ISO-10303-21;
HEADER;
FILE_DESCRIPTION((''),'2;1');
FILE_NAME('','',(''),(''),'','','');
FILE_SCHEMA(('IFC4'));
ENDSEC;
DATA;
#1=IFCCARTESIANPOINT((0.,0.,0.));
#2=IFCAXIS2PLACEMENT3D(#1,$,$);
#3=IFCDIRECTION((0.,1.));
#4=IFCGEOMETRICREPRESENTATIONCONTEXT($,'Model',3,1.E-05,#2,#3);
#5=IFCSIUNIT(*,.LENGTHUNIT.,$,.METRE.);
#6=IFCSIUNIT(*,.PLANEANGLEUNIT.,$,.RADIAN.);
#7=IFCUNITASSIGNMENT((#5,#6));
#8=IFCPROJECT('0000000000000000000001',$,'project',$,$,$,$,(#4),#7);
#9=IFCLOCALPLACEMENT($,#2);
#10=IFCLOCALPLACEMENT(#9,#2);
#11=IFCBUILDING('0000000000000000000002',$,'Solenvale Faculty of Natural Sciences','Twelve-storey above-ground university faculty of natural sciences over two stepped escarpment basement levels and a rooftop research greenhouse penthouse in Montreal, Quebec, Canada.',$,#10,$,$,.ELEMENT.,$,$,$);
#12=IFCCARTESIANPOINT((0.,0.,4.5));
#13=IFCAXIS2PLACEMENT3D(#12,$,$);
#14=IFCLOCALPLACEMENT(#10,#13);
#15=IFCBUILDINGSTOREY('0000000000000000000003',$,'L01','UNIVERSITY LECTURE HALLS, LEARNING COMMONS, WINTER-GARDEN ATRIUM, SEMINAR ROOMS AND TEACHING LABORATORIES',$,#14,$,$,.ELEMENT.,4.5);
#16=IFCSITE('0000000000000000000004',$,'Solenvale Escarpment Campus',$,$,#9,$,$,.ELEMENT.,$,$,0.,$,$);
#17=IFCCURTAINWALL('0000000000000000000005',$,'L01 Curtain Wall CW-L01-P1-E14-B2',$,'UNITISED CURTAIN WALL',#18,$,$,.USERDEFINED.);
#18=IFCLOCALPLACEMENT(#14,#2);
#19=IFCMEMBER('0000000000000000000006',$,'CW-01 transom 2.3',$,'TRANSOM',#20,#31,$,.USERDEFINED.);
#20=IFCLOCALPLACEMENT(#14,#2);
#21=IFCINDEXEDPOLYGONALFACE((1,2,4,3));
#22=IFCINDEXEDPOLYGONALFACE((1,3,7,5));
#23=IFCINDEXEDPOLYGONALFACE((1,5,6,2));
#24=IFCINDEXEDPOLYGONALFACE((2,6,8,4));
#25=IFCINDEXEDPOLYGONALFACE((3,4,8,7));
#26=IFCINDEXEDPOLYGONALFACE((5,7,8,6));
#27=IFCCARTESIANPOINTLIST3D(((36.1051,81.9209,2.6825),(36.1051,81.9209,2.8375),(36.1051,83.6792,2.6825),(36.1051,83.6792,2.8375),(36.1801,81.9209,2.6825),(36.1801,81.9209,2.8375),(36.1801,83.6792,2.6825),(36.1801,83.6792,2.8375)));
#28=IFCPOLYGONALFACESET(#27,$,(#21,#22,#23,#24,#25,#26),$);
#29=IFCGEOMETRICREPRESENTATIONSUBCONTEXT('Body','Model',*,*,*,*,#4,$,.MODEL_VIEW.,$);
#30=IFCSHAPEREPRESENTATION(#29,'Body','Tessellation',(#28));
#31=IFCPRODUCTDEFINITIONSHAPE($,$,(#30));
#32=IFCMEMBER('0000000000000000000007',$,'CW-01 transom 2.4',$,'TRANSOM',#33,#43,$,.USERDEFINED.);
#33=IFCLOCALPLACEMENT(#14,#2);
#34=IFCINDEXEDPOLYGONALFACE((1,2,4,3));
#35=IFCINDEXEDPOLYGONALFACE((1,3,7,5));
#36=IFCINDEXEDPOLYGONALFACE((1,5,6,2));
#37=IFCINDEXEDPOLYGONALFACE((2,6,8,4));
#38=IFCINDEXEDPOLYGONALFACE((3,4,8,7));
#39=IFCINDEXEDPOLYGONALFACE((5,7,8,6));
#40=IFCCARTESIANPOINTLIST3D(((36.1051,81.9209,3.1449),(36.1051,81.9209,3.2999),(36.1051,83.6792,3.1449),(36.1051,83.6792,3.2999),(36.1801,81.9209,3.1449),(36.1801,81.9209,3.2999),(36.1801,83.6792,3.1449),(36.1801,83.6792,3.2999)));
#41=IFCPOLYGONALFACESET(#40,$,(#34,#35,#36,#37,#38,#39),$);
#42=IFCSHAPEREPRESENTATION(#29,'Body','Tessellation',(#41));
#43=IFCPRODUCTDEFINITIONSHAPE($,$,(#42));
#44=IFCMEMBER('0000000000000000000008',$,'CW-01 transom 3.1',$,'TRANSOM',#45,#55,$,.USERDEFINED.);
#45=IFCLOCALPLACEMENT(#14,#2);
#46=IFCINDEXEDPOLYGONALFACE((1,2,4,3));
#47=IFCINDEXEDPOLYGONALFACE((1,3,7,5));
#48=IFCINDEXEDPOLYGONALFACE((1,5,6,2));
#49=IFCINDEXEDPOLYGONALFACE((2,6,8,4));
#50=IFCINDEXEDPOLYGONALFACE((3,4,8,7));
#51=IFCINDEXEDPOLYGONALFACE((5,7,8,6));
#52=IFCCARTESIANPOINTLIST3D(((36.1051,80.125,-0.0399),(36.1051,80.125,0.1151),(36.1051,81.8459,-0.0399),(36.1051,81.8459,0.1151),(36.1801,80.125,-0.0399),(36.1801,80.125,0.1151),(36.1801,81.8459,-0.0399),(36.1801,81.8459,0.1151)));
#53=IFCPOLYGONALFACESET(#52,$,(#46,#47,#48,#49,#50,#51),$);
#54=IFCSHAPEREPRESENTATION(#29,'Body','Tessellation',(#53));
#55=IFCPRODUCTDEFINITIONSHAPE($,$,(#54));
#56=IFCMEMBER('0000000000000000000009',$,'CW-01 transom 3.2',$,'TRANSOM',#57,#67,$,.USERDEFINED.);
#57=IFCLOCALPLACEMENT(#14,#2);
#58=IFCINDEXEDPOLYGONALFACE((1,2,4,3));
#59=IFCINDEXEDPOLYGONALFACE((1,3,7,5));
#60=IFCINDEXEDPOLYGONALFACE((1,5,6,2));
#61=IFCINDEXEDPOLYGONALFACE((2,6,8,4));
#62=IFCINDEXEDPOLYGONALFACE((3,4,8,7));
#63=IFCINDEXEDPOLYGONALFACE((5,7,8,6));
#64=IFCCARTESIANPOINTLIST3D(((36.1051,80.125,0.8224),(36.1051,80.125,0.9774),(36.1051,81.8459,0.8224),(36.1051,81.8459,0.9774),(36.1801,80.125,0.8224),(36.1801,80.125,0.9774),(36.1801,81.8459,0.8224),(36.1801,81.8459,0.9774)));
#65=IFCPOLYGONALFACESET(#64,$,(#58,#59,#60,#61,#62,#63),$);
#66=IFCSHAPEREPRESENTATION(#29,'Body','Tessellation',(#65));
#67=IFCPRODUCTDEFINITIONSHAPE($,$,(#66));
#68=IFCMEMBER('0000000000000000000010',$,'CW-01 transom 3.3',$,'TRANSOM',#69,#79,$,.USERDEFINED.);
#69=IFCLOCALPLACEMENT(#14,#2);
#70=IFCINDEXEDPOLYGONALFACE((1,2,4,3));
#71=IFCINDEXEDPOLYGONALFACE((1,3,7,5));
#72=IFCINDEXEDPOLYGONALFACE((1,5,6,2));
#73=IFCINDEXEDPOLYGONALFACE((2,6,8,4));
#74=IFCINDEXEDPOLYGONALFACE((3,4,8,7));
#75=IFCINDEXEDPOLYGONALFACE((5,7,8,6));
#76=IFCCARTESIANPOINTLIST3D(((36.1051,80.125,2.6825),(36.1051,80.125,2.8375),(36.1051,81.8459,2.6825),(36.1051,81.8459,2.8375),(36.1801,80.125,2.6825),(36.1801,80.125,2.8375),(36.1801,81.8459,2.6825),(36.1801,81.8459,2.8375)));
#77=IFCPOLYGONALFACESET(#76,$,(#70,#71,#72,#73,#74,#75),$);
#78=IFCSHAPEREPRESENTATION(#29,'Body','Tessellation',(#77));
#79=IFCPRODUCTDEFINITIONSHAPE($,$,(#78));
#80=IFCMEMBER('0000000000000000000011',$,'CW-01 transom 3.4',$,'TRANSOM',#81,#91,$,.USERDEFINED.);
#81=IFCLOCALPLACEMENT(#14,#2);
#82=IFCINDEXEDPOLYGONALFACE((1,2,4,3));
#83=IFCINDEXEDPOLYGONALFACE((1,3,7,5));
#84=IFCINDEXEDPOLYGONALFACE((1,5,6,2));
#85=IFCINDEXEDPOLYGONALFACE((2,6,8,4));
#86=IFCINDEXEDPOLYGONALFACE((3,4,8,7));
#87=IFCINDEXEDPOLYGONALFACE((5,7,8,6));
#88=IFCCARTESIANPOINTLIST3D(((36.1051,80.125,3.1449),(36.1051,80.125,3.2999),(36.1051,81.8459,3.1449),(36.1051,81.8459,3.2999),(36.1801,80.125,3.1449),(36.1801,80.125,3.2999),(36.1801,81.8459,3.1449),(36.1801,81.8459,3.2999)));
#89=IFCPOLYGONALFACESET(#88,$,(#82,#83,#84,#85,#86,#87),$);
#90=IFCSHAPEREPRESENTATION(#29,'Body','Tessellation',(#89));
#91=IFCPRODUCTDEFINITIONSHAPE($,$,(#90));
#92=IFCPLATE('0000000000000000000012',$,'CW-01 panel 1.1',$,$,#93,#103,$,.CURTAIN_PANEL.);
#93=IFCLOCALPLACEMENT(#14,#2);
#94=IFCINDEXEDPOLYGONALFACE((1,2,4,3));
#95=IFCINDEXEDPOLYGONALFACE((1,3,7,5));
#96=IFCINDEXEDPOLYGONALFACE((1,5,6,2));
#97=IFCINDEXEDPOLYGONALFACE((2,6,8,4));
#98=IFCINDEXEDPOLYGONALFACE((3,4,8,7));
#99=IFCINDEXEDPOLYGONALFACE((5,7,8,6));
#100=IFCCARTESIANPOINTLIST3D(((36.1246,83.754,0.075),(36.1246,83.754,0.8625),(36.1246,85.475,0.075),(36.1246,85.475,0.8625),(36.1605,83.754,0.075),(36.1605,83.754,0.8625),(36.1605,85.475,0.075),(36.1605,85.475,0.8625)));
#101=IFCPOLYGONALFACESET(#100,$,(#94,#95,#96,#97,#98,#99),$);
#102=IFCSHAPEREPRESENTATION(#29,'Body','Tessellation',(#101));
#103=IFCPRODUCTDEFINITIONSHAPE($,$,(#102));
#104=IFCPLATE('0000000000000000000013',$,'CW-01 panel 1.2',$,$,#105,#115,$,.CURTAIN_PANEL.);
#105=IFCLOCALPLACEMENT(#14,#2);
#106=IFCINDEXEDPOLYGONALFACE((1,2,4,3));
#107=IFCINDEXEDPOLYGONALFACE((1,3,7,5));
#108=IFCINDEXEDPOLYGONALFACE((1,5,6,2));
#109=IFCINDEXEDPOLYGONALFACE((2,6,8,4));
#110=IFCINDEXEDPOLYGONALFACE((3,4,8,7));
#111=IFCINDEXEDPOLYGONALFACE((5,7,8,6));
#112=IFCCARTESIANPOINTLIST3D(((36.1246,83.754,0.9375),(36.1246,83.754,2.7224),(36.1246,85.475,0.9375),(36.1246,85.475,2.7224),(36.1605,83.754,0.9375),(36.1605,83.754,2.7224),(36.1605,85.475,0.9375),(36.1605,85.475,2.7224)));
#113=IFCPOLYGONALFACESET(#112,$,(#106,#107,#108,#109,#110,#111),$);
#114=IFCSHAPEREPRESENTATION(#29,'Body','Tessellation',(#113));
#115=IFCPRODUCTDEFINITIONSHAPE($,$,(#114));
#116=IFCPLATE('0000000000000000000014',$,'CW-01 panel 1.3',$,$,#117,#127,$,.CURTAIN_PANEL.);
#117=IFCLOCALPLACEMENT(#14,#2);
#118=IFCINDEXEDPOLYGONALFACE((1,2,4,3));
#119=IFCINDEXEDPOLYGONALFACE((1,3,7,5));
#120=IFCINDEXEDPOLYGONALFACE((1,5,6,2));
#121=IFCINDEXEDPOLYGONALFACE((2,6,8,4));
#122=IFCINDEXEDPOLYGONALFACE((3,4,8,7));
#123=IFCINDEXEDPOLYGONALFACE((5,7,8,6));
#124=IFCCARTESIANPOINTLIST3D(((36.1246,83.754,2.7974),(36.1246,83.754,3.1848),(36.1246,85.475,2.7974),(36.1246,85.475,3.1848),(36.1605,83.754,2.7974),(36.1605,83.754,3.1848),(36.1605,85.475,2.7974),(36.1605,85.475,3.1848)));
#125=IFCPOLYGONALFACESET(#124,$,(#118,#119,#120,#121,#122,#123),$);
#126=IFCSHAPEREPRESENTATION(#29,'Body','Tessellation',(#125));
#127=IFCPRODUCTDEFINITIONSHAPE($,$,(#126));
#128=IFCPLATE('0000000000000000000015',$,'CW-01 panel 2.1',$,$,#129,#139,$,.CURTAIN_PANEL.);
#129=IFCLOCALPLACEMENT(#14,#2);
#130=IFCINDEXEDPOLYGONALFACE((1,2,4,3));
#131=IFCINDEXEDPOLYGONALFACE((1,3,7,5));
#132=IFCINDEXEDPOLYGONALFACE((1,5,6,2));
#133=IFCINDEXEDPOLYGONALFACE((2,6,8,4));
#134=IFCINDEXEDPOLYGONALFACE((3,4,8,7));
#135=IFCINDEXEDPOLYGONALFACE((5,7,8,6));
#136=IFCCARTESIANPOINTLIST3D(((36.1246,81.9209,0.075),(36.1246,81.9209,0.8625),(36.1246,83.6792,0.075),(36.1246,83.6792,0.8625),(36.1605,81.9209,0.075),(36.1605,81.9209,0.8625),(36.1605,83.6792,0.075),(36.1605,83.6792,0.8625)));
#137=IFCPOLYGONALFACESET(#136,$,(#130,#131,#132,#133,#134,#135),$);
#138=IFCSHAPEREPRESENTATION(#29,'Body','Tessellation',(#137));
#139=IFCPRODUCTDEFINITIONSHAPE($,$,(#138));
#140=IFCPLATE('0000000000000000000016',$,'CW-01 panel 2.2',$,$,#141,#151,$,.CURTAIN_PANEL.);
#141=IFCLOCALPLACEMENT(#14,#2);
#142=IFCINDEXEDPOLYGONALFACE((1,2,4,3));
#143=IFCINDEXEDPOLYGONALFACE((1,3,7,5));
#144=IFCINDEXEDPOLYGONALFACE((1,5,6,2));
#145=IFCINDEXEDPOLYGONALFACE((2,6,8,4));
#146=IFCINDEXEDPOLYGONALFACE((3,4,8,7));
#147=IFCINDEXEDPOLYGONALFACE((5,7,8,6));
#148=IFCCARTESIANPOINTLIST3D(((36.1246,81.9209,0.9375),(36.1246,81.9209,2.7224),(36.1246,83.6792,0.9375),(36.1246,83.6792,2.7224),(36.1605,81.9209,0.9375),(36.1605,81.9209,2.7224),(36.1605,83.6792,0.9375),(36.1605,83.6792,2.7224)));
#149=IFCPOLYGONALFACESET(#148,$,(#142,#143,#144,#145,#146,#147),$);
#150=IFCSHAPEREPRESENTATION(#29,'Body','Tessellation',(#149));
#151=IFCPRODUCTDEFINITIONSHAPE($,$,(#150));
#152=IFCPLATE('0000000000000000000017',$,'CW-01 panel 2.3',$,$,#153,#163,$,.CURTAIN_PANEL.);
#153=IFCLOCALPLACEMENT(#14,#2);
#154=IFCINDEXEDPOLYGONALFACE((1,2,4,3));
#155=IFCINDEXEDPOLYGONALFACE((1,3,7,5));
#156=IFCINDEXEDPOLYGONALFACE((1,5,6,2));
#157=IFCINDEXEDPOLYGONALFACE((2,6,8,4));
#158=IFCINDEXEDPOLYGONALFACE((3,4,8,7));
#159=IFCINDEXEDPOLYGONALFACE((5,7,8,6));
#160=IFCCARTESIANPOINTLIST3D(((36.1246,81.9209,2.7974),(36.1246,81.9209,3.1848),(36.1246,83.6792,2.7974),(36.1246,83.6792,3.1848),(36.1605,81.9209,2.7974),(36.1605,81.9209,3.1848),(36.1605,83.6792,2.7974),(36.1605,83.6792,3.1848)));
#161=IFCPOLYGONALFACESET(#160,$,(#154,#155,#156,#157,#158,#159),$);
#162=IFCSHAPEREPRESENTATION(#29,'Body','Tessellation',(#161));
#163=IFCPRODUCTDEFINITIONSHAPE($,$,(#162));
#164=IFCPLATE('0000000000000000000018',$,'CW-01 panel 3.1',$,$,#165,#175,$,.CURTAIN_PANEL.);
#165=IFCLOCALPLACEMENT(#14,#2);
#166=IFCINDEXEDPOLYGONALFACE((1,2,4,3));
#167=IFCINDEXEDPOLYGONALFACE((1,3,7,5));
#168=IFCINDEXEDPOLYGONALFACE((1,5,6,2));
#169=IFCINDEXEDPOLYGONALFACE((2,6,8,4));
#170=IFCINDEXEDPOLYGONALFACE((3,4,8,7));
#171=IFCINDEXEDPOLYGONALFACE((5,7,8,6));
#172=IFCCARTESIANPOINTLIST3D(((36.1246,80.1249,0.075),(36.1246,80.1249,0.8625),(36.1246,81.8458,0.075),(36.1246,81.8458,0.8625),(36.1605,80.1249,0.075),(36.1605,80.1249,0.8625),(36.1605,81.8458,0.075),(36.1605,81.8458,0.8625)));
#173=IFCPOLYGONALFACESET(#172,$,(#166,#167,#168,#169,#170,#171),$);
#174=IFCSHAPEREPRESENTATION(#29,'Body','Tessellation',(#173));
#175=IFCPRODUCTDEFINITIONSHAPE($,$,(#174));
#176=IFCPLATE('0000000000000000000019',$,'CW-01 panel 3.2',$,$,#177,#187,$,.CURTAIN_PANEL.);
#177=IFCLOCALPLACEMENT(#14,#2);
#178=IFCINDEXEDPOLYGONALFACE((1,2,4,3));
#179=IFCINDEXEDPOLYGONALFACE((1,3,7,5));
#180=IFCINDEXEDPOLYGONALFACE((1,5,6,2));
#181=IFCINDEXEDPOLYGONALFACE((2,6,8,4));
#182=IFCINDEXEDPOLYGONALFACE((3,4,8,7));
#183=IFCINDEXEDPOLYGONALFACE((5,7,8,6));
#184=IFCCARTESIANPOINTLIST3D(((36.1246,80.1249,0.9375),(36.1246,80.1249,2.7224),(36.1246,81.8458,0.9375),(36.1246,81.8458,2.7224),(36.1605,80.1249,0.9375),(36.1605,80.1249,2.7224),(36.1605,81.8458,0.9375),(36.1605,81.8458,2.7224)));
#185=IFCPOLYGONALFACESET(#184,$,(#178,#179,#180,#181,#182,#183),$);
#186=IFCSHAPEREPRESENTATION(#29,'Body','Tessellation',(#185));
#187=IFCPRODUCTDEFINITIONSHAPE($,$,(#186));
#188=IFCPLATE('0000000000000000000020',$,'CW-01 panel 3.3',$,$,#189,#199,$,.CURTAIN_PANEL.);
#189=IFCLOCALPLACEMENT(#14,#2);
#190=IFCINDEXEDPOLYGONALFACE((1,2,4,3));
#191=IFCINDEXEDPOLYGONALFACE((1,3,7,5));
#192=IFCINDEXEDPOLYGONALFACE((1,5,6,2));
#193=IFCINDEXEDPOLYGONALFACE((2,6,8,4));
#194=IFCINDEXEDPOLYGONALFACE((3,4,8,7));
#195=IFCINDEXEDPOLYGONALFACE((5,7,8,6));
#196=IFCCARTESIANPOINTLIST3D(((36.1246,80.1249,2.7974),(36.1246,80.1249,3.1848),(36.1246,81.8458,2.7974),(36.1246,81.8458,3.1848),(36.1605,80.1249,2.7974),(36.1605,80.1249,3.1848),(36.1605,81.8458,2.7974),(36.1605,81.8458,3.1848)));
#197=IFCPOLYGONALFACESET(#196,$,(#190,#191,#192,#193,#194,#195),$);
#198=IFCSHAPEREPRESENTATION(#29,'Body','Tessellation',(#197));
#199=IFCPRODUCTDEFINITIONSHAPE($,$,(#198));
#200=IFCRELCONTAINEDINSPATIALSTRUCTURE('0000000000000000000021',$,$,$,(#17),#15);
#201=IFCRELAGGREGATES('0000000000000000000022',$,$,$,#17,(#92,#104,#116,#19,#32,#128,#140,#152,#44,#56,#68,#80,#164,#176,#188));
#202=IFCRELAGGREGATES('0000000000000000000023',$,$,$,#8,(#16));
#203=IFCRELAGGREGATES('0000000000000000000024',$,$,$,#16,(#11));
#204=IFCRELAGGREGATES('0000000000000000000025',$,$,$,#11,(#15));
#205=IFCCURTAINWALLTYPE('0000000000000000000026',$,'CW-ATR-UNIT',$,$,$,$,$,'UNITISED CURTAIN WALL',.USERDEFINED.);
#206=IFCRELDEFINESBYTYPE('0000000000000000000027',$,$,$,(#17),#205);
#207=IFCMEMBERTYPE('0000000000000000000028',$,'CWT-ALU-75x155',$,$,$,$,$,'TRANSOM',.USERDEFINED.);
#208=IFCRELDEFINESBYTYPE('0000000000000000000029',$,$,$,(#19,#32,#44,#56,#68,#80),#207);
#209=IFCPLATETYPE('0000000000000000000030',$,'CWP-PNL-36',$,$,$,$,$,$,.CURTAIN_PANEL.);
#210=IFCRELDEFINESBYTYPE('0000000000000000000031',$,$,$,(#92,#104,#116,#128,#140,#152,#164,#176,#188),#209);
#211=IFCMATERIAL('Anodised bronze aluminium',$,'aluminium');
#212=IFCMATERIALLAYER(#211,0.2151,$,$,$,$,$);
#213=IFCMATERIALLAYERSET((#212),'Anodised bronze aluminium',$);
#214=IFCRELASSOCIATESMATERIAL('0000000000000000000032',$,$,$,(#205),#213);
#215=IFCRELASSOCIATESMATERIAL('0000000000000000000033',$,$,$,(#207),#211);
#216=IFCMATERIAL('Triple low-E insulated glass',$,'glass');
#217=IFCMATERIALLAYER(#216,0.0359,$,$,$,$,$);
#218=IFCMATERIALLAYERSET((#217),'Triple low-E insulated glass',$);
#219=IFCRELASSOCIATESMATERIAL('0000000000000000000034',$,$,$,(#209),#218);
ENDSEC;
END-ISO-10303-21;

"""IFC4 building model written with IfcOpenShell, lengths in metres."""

from ifc_helpers import new_model, si_unit, direction, frame, origin, origin_2d, place, context, subcontext, project, spatial, rectangle, extrude, material, layer, layer_set, material_profile, profile_set, type_object, element, aggregate, save


model = new_model("IFC4")

# Units and contexts
model_context = context("Model", 3, precision=1e-05, world=origin(), true_north=direction((0.0, 1.0)))
body_context = subcontext(model_context, "Body", "Model", "MODEL_VIEW")
ifc_project = project(units=[si_unit("LENGTHUNIT", "METRE"), si_unit("PLANEANGLEUNIT", "RADIAN")], contexts=[model_context])

# Site, building, storey
site_placement = place(None, origin())
site = spatial("IfcSite", under=ifc_project, at=site_placement, Name="Solenvale Escarpment Campus", CompositionType="ELEMENT", RefElevation=0.0)
building_placement = place(site_placement, origin())
building = spatial("IfcBuilding", under=site, at=building_placement, Name="Solenvale Faculty of Natural Sciences", Description="Twelve-storey above-ground university faculty of natural sciences over two stepped escarpment basement levels and a rooftop research greenhouse penthouse in Montreal, Quebec, Canada.", CompositionType="ELEMENT")
storey_placement = place(building_placement, frame((0.0, 0.0, 4.5)))
storey = spatial("IfcBuildingStorey", under=building, at=storey_placement, Name="L01", Description="UNIVERSITY LECTURE HALLS, LEARNING COMMONS, WINTER-GARDEN ATRIUM, SEMINAR ROOMS AND TEACHING LABORATORIES", CompositionType="ELEMENT", Elevation=4.5)

# Curtain wall, members, plates
ifc_material_1 = material(Name="Anodised bronze aluminium", Category="aluminium")
ifc_layer_1 = layer(ifc_material_1, 0.2151)
ifc_layer_set_1 = layer_set([ifc_layer_1], Name="Anodised bronze aluminium")
curtain_wall_type = type_object("IfcCurtainWallType", Name="CW-ATR-UNIT", ElementType="UNITISED CURTAIN WALL", PredefinedType="USERDEFINED", material=ifc_layer_set_1)
curtain_wall_placement = place(storey_placement, origin())
curtain_wall = element("IfcCurtainWall", 1, at=curtain_wall_placement, inside=storey, type_object=curtain_wall_type, Name="L01 Curtain Wall CW-L01-P1-E14-B2", ObjectType="UNITISED CURTAIN WALL", PredefinedType="USERDEFINED")
ifc_material_profile_1 = material_profile(ifc_material_1, rectangle(XDim=0.075, YDim=0.155, at=origin_2d()), Name="ALU-TRN-75x155")
ifc_profile_set_1 = profile_set([ifc_material_profile_1], Name="Anodised bronze aluminium")
member_type_1 = type_object("IfcMemberType", Name="CWT-ALU-75x155", ElementType="TRANSOM", PredefinedType="USERDEFINED", material=ifc_profile_set_1)
member_1_placement = place(storey_placement, frame((36.1426, 83.6792, 2.76), z_axis=(0.0, -1.0, 0.0), x_axis=(1.0, 0.0, 0.0)))
member_1 = element("IfcMember", 2, at=member_1_placement, type_object=member_type_1, Name="CW-01 transom 2.3", ObjectType="TRANSOM", PredefinedType="USERDEFINED", context=body_context, shape_type="SweptSolid", body=[
    extrude(rectangle(XDim=0.075, YDim=0.155, at=origin_2d()), origin(), (0.0, 0.0, 1.0), 1.7583),
])
member_2_placement = place(storey_placement, frame((36.1426, 83.6792, 3.2224), z_axis=(0.0, -1.0, 0.0), x_axis=(1.0, 0.0, 0.0)))
member_2 = element("IfcMember", 3, at=member_2_placement, type_object=member_type_1, Name="CW-01 transom 2.4", ObjectType="TRANSOM", PredefinedType="USERDEFINED", context=body_context, shape_type="SweptSolid", body=[
    extrude(rectangle(XDim=0.075, YDim=0.155, at=origin_2d()), origin(), (0.0, 0.0, 1.0), 1.7583),
])
member_3_placement = place(storey_placement, frame((36.1426, 81.8459, 0.0376), z_axis=(0.0, -1.0, 0.0), x_axis=(1.0, 0.0, 0.0)))
member_3 = element("IfcMember", 4, at=member_3_placement, type_object=member_type_1, Name="CW-01 transom 3.1", ObjectType="TRANSOM", PredefinedType="USERDEFINED", context=body_context, shape_type="SweptSolid", body=[
    extrude(rectangle(XDim=0.075, YDim=0.155, at=origin_2d()), origin(), (0.0, 0.0, 1.0), 1.7209),
])
member_4_placement = place(storey_placement, frame((36.1426, 81.8459, 0.8999), z_axis=(0.0, -1.0, 0.0), x_axis=(1.0, 0.0, 0.0)))
member_4 = element("IfcMember", 5, at=member_4_placement, type_object=member_type_1, Name="CW-01 transom 3.2", ObjectType="TRANSOM", PredefinedType="USERDEFINED", context=body_context, shape_type="SweptSolid", body=[
    extrude(rectangle(XDim=0.075, YDim=0.155, at=origin_2d()), origin(), (0.0, 0.0, 1.0), 1.7209),
])
member_5_placement = place(storey_placement, frame((36.1426, 81.8459, 2.76), z_axis=(0.0, -1.0, 0.0), x_axis=(1.0, 0.0, 0.0)))
member_5 = element("IfcMember", 6, at=member_5_placement, type_object=member_type_1, Name="CW-01 transom 3.3", ObjectType="TRANSOM", PredefinedType="USERDEFINED", context=body_context, shape_type="SweptSolid", body=[
    extrude(rectangle(XDim=0.075, YDim=0.155, at=origin_2d()), origin(), (0.0, 0.0, 1.0), 1.7209),
])
member_6_placement = place(storey_placement, frame((36.1426, 81.8459, 3.2224), z_axis=(0.0, -1.0, 0.0), x_axis=(1.0, 0.0, 0.0)))
member_6 = element("IfcMember", 7, at=member_6_placement, type_object=member_type_1, Name="CW-01 transom 3.4", ObjectType="TRANSOM", PredefinedType="USERDEFINED", context=body_context, shape_type="SweptSolid", body=[
    extrude(rectangle(XDim=0.075, YDim=0.155, at=origin_2d()), origin(), (0.0, 0.0, 1.0), 1.7209),
])
ifc_material_2 = material(Name="Triple low-E insulated glass", Category="glass")
ifc_layer_2 = layer(ifc_material_2, 0.0359)
ifc_layer_set_2 = layer_set([ifc_layer_2], Name="Triple low-E insulated glass")
plate_type = type_object("IfcPlateType", Name="CWP-PNL-36", PredefinedType="CURTAIN_PANEL", material=ifc_layer_set_2)
plate_1_placement = place(storey_placement, frame((36.1426, 84.6145, 0.075), z_axis=(0.0, 0.0, 1.0), x_axis=(0.0, -1.0, 0.0)))
plate_1 = element("IfcPlate", 8, at=plate_1_placement, type_object=plate_type, Name="CW-01 panel 1.1", PredefinedType="CURTAIN_PANEL", context=body_context, shape_type="SweptSolid", body=[
    extrude(rectangle(XDim=1.7209, YDim=0.0359, at=origin_2d()), origin(), (0.0, 0.0, 1.0), 0.7876),
])
plate_2_placement = place(storey_placement, frame((36.1426, 84.6145, 0.9375), z_axis=(0.0, 0.0, 1.0), x_axis=(0.0, -1.0, 0.0)))
plate_2 = element("IfcPlate", 9, at=plate_2_placement, type_object=plate_type, Name="CW-01 panel 1.2", PredefinedType="CURTAIN_PANEL", context=body_context, shape_type="SweptSolid", body=[
    extrude(rectangle(XDim=1.7209, YDim=0.0359, at=origin_2d()), origin(), (0.0, 0.0, 1.0), 1.7849),
])
plate_3_placement = place(storey_placement, frame((36.1426, 84.6145, 2.7974), z_axis=(0.0, 0.0, 1.0), x_axis=(0.0, -1.0, 0.0)))
plate_3 = element("IfcPlate", 10, at=plate_3_placement, type_object=plate_type, Name="CW-01 panel 1.3", PredefinedType="CURTAIN_PANEL", context=body_context, shape_type="SweptSolid", body=[
    extrude(rectangle(XDim=1.7209, YDim=0.0359, at=origin_2d()), origin(), (0.0, 0.0, 1.0), 0.3875),
])
plate_4_placement = place(storey_placement, frame((36.1426, 82.8, 0.075), z_axis=(0.0, 0.0, 1.0), x_axis=(0.0, -1.0, 0.0)))
plate_4 = element("IfcPlate", 11, at=plate_4_placement, type_object=plate_type, Name="CW-01 panel 2.1", PredefinedType="CURTAIN_PANEL", context=body_context, shape_type="SweptSolid", body=[
    extrude(rectangle(XDim=1.7583, YDim=0.0359, at=origin_2d()), origin(), (0.0, 0.0, 1.0), 0.7876),
])
plate_5_placement = place(storey_placement, frame((36.1426, 82.8, 0.9375), z_axis=(0.0, 0.0, 1.0), x_axis=(0.0, -1.0, 0.0)))
plate_5 = element("IfcPlate", 12, at=plate_5_placement, type_object=plate_type, Name="CW-01 panel 2.2", PredefinedType="CURTAIN_PANEL", context=body_context, shape_type="SweptSolid", body=[
    extrude(rectangle(XDim=1.7583, YDim=0.0359, at=origin_2d()), origin(), (0.0, 0.0, 1.0), 1.7849),
])
plate_6_placement = place(storey_placement, frame((36.1426, 82.8, 2.7974), z_axis=(0.0, 0.0, 1.0), x_axis=(0.0, -1.0, 0.0)))
plate_6 = element("IfcPlate", 13, at=plate_6_placement, type_object=plate_type, Name="CW-01 panel 2.3", PredefinedType="CURTAIN_PANEL", context=body_context, shape_type="SweptSolid", body=[
    extrude(rectangle(XDim=1.7583, YDim=0.0359, at=origin_2d()), origin(), (0.0, 0.0, 1.0), 0.3875),
])
plate_7_placement = place(storey_placement, frame((36.1426, 80.9854, 0.075), z_axis=(0.0, 0.0, 1.0), x_axis=(0.0, -1.0, 0.0)))
plate_7 = element("IfcPlate", 14, at=plate_7_placement, type_object=plate_type, Name="CW-01 panel 3.1", PredefinedType="CURTAIN_PANEL", context=body_context, shape_type="SweptSolid", body=[
    extrude(rectangle(XDim=1.7209, YDim=0.0359, at=origin_2d()), origin(), (0.0, 0.0, 1.0), 0.7876),
])
plate_8_placement = place(storey_placement, frame((36.1426, 80.9854, 0.9375), z_axis=(0.0, 0.0, 1.0), x_axis=(0.0, -1.0, 0.0)))
plate_8 = element("IfcPlate", 15, at=plate_8_placement, type_object=plate_type, Name="CW-01 panel 3.2", PredefinedType="CURTAIN_PANEL", context=body_context, shape_type="SweptSolid", body=[
    extrude(rectangle(XDim=1.7209, YDim=0.0359, at=origin_2d()), origin(), (0.0, 0.0, 1.0), 1.7849),
])
plate_9_placement = place(storey_placement, frame((36.1426, 80.9854, 2.7974), z_axis=(0.0, 0.0, 1.0), x_axis=(0.0, -1.0, 0.0)))
plate_9 = element("IfcPlate", 16, at=plate_9_placement, type_object=plate_type, Name="CW-01 panel 3.3", PredefinedType="CURTAIN_PANEL", context=body_context, shape_type="SweptSolid", body=[
    extrude(rectangle(XDim=1.7209, YDim=0.0359, at=origin_2d()), origin(), (0.0, 0.0, 1.0), 0.3875),
])
aggregate(curtain_wall, [plate_1, plate_2, plate_3, member_1, member_2, plate_4, plate_5, plate_6, member_3, member_4, member_5, member_6, plate_7, plate_8, plate_9])

save(model, "model.ifc")
